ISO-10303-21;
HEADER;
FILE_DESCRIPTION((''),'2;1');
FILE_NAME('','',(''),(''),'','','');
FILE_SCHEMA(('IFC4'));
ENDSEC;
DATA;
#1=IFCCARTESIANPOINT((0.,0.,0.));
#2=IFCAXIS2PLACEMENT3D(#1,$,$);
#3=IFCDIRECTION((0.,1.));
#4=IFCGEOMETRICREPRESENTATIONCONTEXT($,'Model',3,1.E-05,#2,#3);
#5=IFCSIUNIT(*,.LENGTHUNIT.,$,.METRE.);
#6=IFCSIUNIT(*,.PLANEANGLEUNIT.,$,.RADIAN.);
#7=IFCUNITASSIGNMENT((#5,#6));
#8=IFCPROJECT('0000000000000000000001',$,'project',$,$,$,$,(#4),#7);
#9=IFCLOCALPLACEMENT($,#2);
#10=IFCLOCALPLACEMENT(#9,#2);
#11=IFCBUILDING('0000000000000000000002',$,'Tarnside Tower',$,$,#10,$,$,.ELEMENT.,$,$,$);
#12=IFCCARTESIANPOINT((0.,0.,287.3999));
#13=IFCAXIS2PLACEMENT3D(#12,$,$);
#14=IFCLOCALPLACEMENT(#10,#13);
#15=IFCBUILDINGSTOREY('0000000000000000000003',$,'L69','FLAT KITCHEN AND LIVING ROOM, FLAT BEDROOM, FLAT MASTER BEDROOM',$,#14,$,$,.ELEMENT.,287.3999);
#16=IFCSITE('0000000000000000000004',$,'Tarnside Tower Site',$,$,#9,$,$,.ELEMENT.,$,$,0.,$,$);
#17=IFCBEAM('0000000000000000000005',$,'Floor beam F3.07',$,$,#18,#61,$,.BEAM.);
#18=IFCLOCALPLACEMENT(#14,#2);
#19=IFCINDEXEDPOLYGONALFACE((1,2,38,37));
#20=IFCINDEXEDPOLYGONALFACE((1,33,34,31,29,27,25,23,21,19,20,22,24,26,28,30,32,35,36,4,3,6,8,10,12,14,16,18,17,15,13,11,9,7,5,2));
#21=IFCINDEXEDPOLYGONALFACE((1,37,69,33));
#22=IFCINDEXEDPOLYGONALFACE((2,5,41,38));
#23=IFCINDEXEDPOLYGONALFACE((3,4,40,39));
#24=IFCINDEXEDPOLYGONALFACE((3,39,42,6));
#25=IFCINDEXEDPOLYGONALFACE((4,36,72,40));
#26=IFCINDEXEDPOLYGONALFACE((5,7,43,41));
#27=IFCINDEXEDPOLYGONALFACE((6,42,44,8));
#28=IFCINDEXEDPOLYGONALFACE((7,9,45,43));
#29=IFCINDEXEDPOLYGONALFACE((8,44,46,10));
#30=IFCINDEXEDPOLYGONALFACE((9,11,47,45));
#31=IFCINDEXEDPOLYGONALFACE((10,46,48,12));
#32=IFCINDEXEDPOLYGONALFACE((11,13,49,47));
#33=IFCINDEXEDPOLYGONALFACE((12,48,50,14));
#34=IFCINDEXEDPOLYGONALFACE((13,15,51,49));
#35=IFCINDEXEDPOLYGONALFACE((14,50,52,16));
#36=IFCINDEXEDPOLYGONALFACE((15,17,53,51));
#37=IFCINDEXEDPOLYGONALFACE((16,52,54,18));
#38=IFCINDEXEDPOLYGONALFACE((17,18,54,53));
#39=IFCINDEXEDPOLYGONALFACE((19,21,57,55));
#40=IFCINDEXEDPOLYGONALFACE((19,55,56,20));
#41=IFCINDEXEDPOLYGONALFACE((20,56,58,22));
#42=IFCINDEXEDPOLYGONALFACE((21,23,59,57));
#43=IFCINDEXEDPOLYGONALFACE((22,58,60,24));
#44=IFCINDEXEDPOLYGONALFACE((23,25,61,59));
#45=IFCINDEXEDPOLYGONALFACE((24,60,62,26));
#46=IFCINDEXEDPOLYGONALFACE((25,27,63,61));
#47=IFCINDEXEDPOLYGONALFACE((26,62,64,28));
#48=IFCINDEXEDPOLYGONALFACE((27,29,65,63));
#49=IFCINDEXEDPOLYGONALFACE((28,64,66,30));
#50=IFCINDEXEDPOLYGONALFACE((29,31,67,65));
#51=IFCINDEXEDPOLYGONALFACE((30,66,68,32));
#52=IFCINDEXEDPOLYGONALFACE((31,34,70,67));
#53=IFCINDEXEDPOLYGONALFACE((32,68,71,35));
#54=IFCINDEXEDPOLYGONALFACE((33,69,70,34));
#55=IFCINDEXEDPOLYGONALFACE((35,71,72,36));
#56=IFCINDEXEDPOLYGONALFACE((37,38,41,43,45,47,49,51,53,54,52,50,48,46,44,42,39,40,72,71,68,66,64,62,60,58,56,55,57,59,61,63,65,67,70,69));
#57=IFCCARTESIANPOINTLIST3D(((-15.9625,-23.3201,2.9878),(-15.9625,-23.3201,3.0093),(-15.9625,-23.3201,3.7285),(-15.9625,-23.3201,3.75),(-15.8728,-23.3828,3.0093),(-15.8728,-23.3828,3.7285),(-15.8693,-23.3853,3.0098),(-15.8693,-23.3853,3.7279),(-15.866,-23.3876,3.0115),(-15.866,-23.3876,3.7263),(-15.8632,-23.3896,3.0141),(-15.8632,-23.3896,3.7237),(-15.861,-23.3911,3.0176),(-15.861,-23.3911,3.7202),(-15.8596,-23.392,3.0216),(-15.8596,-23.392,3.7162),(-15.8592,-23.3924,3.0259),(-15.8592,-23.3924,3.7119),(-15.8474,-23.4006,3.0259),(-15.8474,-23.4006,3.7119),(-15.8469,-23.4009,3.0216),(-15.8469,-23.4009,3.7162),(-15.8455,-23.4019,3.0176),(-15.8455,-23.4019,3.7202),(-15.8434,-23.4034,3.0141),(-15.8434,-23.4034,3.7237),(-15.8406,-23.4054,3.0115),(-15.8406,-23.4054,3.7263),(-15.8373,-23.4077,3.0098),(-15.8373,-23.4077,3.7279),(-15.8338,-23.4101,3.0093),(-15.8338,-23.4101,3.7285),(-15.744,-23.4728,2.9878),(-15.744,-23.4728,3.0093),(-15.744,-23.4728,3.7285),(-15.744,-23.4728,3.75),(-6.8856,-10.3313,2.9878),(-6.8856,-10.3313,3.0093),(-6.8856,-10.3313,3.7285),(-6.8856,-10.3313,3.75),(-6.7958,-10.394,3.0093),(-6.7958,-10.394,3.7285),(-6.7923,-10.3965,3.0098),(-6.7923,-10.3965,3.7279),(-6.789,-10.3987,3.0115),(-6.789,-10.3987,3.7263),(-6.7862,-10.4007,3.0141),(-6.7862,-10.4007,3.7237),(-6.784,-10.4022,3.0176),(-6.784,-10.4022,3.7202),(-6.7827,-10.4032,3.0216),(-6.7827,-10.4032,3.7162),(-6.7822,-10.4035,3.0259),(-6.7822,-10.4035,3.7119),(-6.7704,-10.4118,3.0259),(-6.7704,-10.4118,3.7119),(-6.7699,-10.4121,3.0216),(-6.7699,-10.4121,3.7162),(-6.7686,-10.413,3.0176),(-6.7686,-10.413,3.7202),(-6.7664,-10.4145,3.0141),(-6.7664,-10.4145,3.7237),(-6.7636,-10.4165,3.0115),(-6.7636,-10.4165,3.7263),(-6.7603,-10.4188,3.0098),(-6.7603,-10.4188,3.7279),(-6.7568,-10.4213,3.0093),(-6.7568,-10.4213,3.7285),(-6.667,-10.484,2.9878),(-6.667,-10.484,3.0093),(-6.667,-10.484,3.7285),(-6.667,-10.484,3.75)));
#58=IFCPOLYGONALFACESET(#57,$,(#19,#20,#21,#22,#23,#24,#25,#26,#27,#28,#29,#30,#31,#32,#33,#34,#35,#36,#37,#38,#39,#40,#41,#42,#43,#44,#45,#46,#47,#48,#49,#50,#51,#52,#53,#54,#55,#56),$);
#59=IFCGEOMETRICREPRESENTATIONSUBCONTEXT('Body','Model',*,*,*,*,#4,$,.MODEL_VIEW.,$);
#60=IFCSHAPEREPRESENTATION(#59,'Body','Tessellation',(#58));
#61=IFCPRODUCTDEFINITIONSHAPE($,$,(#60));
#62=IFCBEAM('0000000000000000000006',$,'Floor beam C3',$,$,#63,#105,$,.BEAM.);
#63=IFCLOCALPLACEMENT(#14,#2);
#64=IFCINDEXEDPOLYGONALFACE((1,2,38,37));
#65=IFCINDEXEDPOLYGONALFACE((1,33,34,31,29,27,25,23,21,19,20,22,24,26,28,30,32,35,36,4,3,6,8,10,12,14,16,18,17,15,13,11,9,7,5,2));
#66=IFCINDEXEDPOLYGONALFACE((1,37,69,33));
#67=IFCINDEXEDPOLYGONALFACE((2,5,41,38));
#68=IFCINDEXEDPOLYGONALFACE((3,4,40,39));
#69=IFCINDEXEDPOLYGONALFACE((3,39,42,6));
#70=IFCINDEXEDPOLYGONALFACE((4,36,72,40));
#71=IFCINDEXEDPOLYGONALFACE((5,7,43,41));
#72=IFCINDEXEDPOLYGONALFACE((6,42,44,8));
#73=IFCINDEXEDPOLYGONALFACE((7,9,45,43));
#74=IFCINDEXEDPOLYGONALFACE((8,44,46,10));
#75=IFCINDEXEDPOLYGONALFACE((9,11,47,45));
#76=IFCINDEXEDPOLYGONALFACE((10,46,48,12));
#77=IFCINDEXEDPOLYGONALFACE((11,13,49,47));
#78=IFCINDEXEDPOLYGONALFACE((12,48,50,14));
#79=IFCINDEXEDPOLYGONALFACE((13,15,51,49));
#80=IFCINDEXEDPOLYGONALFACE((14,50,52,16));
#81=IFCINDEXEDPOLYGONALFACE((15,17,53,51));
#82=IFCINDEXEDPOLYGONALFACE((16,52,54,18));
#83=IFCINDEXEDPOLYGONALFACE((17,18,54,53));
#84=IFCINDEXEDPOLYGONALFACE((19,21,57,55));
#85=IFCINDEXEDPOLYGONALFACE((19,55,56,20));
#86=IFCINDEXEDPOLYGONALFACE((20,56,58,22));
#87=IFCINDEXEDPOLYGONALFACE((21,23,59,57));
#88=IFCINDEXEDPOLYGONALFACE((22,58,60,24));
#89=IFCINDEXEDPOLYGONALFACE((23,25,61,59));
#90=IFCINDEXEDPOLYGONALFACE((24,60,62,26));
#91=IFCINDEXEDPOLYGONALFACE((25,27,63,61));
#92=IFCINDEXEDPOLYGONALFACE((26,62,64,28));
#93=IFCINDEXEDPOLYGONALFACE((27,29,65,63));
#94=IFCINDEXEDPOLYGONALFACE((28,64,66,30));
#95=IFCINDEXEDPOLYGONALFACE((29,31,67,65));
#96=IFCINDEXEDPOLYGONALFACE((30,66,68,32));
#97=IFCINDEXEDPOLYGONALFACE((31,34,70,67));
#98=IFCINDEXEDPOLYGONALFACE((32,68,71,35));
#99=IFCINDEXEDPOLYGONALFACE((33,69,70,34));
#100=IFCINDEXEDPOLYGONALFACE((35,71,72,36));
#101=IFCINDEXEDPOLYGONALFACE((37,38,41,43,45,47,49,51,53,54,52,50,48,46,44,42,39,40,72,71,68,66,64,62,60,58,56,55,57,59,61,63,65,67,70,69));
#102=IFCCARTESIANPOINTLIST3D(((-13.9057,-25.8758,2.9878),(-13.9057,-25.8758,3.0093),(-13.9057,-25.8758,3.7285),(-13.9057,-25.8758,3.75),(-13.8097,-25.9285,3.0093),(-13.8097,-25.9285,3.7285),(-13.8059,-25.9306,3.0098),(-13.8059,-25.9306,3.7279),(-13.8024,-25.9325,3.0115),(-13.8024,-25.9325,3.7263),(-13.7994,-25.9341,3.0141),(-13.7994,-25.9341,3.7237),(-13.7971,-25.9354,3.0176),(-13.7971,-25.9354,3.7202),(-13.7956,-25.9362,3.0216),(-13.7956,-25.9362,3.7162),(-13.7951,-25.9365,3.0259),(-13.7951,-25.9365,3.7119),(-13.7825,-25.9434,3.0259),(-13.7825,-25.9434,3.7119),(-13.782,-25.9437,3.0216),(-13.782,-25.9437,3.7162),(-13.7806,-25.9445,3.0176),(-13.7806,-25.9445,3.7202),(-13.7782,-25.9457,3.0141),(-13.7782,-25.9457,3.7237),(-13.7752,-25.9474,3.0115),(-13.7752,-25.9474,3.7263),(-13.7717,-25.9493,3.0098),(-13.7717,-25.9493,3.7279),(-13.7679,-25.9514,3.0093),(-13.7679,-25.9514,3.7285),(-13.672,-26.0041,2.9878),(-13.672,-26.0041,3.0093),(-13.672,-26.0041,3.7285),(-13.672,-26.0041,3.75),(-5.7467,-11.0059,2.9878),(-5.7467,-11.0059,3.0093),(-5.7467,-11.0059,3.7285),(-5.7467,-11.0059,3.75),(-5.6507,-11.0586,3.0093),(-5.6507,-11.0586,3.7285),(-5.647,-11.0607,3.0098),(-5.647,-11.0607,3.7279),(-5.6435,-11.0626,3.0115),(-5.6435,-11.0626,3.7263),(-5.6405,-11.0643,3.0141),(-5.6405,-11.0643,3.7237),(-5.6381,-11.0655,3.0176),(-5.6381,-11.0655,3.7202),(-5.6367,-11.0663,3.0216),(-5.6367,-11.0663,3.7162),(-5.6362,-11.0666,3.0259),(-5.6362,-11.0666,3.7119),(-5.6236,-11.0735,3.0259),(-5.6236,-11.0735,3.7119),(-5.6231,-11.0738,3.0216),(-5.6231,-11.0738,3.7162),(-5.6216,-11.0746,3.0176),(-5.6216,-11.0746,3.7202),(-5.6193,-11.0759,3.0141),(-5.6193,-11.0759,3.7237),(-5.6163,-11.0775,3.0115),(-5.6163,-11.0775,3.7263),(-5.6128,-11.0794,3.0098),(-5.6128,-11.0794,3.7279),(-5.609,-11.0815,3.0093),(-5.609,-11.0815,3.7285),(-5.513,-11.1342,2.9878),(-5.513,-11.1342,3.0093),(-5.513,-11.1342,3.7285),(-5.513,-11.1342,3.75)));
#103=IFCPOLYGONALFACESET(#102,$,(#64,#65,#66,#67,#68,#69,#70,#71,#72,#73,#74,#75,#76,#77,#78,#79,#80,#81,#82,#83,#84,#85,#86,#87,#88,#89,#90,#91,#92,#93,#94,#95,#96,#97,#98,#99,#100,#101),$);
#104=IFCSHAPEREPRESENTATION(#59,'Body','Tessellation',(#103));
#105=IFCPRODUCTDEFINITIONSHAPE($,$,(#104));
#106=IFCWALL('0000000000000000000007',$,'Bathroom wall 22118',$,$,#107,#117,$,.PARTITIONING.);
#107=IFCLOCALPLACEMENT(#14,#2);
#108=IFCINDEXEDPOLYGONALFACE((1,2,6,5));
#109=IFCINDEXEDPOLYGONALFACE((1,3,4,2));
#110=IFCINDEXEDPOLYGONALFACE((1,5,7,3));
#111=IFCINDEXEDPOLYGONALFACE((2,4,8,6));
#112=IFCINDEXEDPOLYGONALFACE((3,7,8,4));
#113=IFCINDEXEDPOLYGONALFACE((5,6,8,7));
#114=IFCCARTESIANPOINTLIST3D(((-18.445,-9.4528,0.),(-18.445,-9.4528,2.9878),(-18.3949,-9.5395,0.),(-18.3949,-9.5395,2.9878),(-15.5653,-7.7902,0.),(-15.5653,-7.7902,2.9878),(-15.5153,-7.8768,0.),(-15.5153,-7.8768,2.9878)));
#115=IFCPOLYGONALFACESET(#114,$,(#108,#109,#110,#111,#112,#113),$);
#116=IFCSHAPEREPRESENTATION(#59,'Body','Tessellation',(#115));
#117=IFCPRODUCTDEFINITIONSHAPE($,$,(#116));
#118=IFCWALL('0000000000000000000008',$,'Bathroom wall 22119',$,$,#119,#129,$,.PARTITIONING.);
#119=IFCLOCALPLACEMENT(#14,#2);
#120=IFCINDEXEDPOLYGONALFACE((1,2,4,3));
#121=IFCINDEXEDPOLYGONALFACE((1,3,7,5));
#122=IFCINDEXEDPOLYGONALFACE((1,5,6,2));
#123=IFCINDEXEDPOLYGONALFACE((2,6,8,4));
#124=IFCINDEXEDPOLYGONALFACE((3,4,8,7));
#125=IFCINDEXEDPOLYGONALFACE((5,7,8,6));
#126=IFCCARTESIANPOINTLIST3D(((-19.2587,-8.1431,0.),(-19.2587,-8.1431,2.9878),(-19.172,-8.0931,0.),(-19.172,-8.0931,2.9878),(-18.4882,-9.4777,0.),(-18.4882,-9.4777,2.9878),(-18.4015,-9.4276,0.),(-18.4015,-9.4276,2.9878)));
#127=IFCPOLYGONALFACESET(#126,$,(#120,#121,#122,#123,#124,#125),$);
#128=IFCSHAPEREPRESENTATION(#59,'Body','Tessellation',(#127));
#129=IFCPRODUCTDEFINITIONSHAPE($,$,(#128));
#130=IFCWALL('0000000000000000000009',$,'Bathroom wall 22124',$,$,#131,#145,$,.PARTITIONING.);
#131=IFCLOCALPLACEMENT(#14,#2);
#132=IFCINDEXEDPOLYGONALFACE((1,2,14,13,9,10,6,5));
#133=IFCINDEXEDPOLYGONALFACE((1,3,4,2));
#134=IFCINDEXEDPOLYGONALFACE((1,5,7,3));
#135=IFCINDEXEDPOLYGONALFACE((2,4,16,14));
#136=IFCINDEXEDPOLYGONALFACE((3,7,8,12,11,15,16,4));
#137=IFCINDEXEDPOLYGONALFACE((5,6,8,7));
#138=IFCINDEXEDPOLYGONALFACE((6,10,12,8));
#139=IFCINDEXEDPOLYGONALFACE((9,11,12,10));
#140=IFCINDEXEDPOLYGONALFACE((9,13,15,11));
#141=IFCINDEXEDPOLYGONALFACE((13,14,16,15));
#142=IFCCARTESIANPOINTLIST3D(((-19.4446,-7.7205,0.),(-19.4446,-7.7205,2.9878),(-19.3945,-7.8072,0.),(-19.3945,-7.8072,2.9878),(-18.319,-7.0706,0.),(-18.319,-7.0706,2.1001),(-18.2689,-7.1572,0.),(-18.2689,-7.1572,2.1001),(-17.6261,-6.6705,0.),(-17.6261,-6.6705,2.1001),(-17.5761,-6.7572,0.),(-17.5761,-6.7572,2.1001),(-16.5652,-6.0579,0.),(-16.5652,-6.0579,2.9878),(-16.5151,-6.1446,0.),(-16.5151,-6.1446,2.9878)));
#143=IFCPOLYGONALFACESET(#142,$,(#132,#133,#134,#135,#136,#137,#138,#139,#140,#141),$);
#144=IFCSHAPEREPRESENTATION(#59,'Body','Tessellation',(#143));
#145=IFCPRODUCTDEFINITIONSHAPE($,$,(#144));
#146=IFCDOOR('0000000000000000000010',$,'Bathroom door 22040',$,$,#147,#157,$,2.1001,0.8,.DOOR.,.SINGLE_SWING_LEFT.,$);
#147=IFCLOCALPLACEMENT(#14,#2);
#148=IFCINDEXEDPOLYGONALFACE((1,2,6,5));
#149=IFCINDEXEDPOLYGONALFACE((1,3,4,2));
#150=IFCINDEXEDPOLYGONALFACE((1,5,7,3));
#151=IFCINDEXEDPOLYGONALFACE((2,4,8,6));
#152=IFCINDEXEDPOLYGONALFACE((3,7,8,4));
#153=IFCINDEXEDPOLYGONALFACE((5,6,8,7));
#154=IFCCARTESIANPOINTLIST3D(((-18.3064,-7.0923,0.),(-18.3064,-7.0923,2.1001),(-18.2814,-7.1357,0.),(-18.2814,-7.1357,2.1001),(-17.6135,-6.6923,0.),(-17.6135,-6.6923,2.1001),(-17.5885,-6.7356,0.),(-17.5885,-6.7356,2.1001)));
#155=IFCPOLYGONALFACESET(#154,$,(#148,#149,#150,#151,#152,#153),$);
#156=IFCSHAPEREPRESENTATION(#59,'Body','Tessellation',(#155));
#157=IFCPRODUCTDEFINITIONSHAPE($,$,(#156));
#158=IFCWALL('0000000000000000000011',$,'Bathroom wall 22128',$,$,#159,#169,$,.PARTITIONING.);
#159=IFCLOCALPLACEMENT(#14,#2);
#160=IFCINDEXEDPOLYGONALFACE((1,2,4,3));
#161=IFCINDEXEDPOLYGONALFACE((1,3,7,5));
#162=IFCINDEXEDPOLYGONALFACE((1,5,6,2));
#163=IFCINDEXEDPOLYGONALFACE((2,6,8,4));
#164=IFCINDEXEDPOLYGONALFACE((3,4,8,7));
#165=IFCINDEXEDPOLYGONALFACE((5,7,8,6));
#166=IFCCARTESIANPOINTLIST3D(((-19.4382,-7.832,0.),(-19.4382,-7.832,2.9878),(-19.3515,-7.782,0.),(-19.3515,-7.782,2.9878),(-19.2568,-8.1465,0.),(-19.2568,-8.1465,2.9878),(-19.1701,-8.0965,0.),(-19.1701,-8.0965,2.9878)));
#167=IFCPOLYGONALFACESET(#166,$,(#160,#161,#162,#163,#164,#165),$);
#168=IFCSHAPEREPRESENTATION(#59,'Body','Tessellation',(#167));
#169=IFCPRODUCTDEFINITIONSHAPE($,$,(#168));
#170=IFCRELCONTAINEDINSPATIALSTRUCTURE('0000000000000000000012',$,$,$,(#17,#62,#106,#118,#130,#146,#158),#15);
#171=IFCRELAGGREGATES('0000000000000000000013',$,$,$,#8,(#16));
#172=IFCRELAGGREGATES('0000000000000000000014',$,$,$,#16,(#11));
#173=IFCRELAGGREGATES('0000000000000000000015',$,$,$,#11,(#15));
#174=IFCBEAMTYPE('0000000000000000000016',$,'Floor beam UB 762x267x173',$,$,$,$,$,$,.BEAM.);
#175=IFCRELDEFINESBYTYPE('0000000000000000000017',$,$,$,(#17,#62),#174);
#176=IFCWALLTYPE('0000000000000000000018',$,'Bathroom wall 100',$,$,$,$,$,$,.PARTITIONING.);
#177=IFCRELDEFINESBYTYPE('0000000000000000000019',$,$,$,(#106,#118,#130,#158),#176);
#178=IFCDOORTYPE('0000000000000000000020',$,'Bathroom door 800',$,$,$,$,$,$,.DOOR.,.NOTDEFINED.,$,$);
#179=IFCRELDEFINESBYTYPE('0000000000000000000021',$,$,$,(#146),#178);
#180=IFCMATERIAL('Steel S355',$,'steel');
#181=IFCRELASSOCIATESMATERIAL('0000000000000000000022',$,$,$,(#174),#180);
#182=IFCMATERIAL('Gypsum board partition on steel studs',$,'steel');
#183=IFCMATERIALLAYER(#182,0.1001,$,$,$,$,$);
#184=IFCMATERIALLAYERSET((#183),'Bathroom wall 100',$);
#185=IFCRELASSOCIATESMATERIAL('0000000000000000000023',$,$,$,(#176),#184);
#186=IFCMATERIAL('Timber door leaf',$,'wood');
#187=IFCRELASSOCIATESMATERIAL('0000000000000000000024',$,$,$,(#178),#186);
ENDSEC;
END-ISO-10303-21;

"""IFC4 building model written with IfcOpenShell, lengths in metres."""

from ifc_helpers import new_model, si_unit, direction, frame, frame_2d, origin, origin_2d, place, context, subcontext, project, spatial, rectangle, i_section, extrude, material, layer, layer_set, material_profile, profile_set, type_object, element, fill, save


model = new_model("IFC4")

# Units and contexts
model_context = context("Model", 3, precision=1e-05, world=origin(), true_north=direction((0.0, 1.0)))
body_context = subcontext(model_context, "Body", "Model", "MODEL_VIEW")
ifc_project = project(units=[si_unit("LENGTHUNIT", "METRE"), si_unit("PLANEANGLEUNIT", "RADIAN")], contexts=[model_context])

# Site, building, storey
site_placement = place(None, origin())
site = spatial("IfcSite", under=ifc_project, at=site_placement, Name="Tarnside Tower Site", CompositionType="ELEMENT", RefElevation=0.0)
building_placement = place(site_placement, origin())
building = spatial("IfcBuilding", under=site, at=building_placement, Name="Tarnside Tower", CompositionType="ELEMENT")
storey_placement = place(building_placement, frame((0.0, 0.0, 287.3999)))
storey = spatial("IfcBuildingStorey", under=building, at=storey_placement, Name="L69", Description="FLAT KITCHEN AND LIVING ROOM, FLAT BEDROOM, FLAT MASTER BEDROOM", CompositionType="ELEMENT", Elevation=287.3999)

# Beams
ifc_material_1 = material(Name="Steel S355", Category="steel")
ifc_material_profile_1 = material_profile(ifc_material_1, i_section(OverallWidth=0.2666, OverallDepth=0.7622, WebThickness=0.0144, FlangeThickness=0.0215, FilletRadius=0.0166, at=origin_2d()), Name="UB 762x267x173")
ifc_profile_set_1 = profile_set([ifc_material_profile_1], Name="Steel S355")
beam_type_1 = type_object("IfcBeamType", Name="Floor beam UB 762x267x173", PredefinedType="BEAM", material=ifc_profile_set_1)
beam_1_placement = place(storey_placement, frame((-15.8533, -23.3965, 3.3689), z_axis=(0.572817, 0.819683, 0.0), x_axis=(-0.819683, 0.572817, 0.0)))
element("IfcBeam", 1, at=beam_1_placement, inside=storey, type_object=beam_type_1, Name="Floor beam F3.07", PredefinedType="BEAM", context=body_context, shape_type="SweptSolid", body=[
    extrude(i_section(OverallWidth=0.2666, OverallDepth=0.7622, WebThickness=0.0144, FlangeThickness=0.0215, FilletRadius=0.0166, at=origin_2d()), origin(), (0.0, 0.0, 1.0), 15.8462),
])
beam_2_placement = place(storey_placement, frame((-13.7888, -25.9399, 3.3689), z_axis=(0.481036, 0.876701, 0.0), x_axis=(-0.876701, 0.481036, 0.0)))
element("IfcBeam", 2, at=beam_2_placement, inside=storey, type_object=beam_type_1, Name="Floor beam C3", PredefinedType="BEAM", context=body_context, shape_type="SweptSolid", body=[
    extrude(i_section(OverallWidth=0.2666, OverallDepth=0.7622, WebThickness=0.0144, FlangeThickness=0.0215, FilletRadius=0.0166, at=origin_2d()), origin(), (0.0, 0.0, 1.0), 16.9612),
])

# Walls
ifc_material_2 = material(Name="Gypsum board partition on steel studs", Category="steel")
ifc_layer_1 = layer(ifc_material_2, 0.1001)
ifc_layer_set_1 = layer_set([ifc_layer_1], Name="Bathroom wall 100")
wall_type_1 = type_object("IfcWallType", Name="Bathroom wall 100", PredefinedType="PARTITIONING", material=ifc_layer_set_1)
wall_1_placement = place(storey_placement, frame((-15.5403, -7.8335, 0.0), z_axis=(0.0, 0.0, 1.0), x_axis=(-0.866021, -0.500008, 0.0)))
element("IfcWall", 3, at=wall_1_placement, inside=storey, type_object=wall_type_1, Name="Bathroom wall 22118", PredefinedType="PARTITIONING", context=body_context, shape_type="SweptSolid", body=[
    extrude(rectangle(XDim=3.3252, YDim=0.1001, at=frame_2d((1.6626, 0.0))), origin(), (0.0, 0.0, 1.0), 2.9878),
])
wall_2_placement = place(storey_placement, frame((-18.4448, -9.4526, 0.0), z_axis=(0.0, 0.0, 1.0), x_axis=(-0.500024, 0.866011, 0.0)))
element("IfcWall", 4, at=wall_2_placement, inside=storey, type_object=wall_type_1, Name="Bathroom wall 22119", PredefinedType="PARTITIONING", context=body_context, shape_type="SweptSolid", body=[
    extrude(rectangle(XDim=1.541, YDim=0.1001, at=frame_2d((0.7705, 0.0))), origin(), (0.0, 0.0, 1.0), 2.9878),
])

# Wall, opening, door
wall_3_placement = place(storey_placement, frame((-19.4197, -7.7639, 0.0), z_axis=(0.0, 0.0, 1.0), x_axis=(0.866002, 0.50004, 0.0)))
wall_3 = element("IfcWall", 5, at=wall_3_placement, inside=storey, type_object=wall_type_1, Name="Bathroom wall 22124", PredefinedType="PARTITIONING", context=body_context, shape_type="SweptSolid", body=[
    extrude(rectangle(XDim=3.325, YDim=0.1001, at=frame_2d((1.6626, 0.0))), origin(), (0.0, 0.0, 1.0), 2.9878),
])
opening_1_placement = place(wall_3_placement, frame((1.3, 0.0, 0.0)))
opening_1 = element("IfcOpeningElement", 6, at=opening_1_placement, cuts=wall_3, PredefinedType="OPENING", context=body_context, shape_type="SweptSolid", body=[
    extrude(rectangle(XDim=0.8, YDim=2.1001, at=frame_2d((0.3999, 1.05))), frame((0.0, 0.0601, 0.0), z_axis=(0.0, -1.0, 0.0), x_axis=(1.0, 0.0, 0.0)), (0.0, 0.0, 1.0), 0.1201),
])
ifc_material_3 = material(Name="Timber door leaf", Category="wood")
door_type_1 = type_object("IfcDoorType", Name="Bathroom door 800", OperationType="NOTDEFINED", PredefinedType="DOOR", material=ifc_material_3)
door_1_placement = place(opening_1_placement, origin())
door_1 = element("IfcDoor", 7, at=door_1_placement, inside=storey, type_object=door_type_1, Name="Bathroom door 22040", OperationType="SINGLE_SWING_LEFT", OverallHeight=2.1001, OverallWidth=0.8, PredefinedType="DOOR", context=body_context, shape_type="SweptSolid", body=[
    extrude(rectangle(XDim=0.8, YDim=2.1001, at=frame_2d((0.3999, 1.05))), frame((0.0, 0.0249, 0.0), z_axis=(0.0, -1.0, 0.0), x_axis=(1.0, 0.0, 0.0)), (0.0, 0.0, 1.0), 0.05),
])
fill(opening_1, door_1)

# Wall
wall_4_placement = place(storey_placement, frame((-19.2134, -8.1216, 0.0), z_axis=(0.0, 0.0, 1.0), x_axis=(-0.499684, 0.866208, 0.0)))
element("IfcWall", 8, at=wall_4_placement, inside=storey, type_object=wall_type_1, Name="Bathroom wall 22128", PredefinedType="PARTITIONING", context=body_context, shape_type="SweptSolid", body=[
    extrude(rectangle(XDim=0.363, YDim=0.1001, at=frame_2d((0.1816, 0.0))), origin(), (0.0, 0.0, 1.0), 2.9878),
])

save(model, "model.ifc")
